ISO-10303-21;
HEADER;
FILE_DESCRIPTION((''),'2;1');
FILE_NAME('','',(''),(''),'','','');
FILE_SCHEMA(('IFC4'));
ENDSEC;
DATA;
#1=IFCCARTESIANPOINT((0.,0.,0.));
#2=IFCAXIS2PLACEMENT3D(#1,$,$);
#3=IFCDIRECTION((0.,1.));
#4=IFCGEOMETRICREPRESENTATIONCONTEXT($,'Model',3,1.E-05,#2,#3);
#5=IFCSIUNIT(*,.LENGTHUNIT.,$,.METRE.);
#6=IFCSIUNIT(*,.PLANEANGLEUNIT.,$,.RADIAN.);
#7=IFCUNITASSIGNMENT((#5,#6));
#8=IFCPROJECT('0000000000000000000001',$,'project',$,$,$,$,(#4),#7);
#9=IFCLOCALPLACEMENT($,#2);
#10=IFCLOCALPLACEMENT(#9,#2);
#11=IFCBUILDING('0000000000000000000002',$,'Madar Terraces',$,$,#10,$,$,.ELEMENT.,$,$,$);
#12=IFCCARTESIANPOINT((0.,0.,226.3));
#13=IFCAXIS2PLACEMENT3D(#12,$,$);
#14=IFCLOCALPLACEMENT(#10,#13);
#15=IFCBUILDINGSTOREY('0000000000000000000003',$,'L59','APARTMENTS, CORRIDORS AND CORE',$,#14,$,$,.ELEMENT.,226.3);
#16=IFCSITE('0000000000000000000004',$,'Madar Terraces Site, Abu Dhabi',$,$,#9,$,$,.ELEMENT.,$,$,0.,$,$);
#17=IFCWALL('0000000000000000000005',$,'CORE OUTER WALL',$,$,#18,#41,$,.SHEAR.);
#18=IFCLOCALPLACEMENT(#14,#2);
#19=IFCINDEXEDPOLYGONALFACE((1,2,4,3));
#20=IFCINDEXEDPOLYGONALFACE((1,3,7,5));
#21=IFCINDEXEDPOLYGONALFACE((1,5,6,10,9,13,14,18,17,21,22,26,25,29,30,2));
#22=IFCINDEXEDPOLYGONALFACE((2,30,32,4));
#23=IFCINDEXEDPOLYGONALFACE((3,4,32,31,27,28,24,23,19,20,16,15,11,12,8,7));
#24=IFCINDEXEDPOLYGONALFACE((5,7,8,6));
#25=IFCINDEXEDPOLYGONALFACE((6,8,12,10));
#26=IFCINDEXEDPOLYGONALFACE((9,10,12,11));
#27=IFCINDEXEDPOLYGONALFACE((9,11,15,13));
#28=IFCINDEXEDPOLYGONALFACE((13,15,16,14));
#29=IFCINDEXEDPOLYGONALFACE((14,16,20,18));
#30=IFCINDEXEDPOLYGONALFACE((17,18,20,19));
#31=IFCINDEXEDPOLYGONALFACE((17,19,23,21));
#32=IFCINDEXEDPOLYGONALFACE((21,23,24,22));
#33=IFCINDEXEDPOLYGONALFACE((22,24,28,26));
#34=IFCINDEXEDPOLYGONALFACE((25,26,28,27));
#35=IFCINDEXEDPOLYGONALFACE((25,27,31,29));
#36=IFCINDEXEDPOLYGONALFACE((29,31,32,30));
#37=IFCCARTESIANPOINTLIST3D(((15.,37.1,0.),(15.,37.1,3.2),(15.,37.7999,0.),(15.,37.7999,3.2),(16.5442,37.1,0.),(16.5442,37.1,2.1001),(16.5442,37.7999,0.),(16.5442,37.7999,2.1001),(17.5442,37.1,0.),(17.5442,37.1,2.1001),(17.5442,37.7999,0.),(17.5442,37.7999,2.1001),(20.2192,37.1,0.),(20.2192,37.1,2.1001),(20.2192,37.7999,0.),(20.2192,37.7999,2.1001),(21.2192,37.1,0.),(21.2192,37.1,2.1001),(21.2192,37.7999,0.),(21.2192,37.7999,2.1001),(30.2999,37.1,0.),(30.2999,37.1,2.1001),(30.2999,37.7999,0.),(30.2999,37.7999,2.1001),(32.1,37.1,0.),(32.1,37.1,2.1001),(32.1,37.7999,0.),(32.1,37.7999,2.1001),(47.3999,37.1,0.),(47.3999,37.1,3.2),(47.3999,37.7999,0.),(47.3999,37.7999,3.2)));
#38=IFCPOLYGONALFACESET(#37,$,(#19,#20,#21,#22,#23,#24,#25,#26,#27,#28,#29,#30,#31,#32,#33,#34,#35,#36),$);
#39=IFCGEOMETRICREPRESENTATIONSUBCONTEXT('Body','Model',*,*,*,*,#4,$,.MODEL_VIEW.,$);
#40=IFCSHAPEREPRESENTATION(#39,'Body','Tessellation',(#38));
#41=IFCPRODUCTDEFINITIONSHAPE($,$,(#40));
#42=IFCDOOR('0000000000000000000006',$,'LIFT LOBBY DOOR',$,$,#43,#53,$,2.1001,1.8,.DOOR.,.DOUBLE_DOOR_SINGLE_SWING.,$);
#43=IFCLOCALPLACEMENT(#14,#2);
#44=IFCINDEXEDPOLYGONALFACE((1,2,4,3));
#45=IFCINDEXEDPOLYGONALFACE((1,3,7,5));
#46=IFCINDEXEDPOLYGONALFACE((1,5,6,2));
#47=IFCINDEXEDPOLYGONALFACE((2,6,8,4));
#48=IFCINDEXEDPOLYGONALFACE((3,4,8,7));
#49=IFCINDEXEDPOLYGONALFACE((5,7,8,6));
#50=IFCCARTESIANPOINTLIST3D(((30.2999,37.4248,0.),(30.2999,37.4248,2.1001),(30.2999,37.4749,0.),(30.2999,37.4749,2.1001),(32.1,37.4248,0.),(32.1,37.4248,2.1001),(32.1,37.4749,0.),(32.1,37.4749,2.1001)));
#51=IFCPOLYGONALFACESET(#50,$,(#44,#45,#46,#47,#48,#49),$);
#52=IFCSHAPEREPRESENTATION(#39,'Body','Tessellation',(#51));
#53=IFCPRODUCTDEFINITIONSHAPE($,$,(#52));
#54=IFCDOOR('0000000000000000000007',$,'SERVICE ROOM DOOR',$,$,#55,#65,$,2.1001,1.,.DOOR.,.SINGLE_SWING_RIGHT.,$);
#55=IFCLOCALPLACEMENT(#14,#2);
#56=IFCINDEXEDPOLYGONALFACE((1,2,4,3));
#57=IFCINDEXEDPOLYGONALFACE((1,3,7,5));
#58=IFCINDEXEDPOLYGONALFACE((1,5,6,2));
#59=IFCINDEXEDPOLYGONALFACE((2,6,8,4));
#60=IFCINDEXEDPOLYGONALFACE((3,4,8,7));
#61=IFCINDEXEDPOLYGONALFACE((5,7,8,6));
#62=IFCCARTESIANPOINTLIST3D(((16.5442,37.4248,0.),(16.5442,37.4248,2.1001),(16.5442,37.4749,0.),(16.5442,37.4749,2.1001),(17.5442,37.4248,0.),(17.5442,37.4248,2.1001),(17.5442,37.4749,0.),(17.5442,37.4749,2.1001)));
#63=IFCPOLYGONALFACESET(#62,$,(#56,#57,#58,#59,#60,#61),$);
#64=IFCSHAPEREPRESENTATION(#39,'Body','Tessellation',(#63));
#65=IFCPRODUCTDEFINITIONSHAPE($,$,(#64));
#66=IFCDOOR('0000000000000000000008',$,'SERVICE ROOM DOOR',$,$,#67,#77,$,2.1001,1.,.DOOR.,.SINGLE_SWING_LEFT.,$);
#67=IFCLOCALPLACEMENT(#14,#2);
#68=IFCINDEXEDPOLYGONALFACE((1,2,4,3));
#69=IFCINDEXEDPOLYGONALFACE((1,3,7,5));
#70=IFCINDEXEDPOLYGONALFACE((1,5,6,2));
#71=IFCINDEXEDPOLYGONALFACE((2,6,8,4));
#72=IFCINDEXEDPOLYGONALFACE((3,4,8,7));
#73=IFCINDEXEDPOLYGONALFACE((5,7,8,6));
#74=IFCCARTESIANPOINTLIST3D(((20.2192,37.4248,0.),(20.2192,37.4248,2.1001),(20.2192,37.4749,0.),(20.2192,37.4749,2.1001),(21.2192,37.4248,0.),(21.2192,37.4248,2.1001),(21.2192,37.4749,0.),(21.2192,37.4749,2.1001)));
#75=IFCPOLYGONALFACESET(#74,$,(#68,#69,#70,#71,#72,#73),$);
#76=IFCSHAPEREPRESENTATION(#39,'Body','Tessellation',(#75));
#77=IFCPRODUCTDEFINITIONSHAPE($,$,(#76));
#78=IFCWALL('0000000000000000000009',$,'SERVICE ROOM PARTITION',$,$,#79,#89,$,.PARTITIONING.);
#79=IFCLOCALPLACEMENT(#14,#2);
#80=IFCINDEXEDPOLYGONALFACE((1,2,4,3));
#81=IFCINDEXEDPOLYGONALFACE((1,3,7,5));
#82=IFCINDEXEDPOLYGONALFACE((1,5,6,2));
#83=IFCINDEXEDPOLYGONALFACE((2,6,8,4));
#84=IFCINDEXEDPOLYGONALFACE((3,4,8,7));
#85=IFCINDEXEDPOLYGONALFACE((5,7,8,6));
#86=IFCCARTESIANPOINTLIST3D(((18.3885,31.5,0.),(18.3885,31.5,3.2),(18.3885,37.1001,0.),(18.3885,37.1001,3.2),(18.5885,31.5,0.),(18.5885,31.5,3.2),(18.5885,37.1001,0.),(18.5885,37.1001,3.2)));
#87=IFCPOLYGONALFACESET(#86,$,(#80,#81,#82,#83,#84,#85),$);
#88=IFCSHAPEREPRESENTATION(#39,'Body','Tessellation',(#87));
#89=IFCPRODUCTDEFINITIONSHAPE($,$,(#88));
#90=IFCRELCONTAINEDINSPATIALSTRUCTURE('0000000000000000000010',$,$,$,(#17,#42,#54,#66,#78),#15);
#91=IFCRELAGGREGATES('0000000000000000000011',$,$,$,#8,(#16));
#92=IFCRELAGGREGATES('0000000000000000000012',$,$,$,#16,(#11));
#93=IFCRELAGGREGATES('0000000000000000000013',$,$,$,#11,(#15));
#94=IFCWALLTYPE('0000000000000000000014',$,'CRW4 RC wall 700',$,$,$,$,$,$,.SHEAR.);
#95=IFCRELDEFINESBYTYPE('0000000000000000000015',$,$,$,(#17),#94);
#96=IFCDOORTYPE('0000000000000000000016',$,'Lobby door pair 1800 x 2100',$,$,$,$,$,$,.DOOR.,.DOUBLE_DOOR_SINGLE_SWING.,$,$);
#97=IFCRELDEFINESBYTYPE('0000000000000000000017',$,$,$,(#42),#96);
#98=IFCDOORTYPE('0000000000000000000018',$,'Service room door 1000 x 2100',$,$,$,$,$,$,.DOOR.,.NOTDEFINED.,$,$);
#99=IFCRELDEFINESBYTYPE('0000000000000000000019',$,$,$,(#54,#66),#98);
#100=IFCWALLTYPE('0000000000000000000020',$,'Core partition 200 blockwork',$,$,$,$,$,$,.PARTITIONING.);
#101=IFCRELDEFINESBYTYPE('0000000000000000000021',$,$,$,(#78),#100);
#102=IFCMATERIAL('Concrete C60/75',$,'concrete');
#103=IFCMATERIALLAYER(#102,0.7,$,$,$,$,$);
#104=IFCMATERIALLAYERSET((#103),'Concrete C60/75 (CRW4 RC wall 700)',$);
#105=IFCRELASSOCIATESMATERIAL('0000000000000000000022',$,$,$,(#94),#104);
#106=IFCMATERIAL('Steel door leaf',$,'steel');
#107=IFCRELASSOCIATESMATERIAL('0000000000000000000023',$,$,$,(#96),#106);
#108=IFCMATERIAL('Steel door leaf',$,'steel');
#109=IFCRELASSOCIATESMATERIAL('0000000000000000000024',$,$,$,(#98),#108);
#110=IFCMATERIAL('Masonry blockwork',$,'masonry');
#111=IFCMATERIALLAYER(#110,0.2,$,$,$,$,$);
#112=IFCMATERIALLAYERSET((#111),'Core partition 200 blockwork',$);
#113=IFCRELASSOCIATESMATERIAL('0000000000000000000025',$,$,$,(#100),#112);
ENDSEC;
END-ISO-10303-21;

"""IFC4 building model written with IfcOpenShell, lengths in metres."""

from ifc_helpers import new_model, si_unit, direction, frame, frame_2d, origin, place, context, subcontext, project, spatial, rectangle, extrude, material, layer, layer_set, type_object, element, fill, save


model = new_model("IFC4")

# Units and contexts
model_context = context("Model", 3, precision=1e-05, world=origin(), true_north=direction((0.0, 1.0)))
body_context = subcontext(model_context, "Body", "Model", "MODEL_VIEW")
ifc_project = project(units=[si_unit("LENGTHUNIT", "METRE"), si_unit("PLANEANGLEUNIT", "RADIAN")], contexts=[model_context])

# Site, building, storey
site_placement = place(None, origin())
site = spatial("IfcSite", under=ifc_project, at=site_placement, Name="Madar Terraces Site, Abu Dhabi", CompositionType="ELEMENT", RefElevation=0.0)
building_placement = place(site_placement, origin())
building = spatial("IfcBuilding", under=site, at=building_placement, Name="Madar Terraces", CompositionType="ELEMENT")
storey_placement = place(building_placement, frame((0.0, 0.0, 226.3)))
storey = spatial("IfcBuildingStorey", under=building, at=storey_placement, Name="L59", Description="APARTMENTS, CORRIDORS AND CORE", CompositionType="ELEMENT", Elevation=226.3)

# Wall, openings, doors
ifc_material_1 = material(Name="Concrete C60/75", Category="concrete")
ifc_layer_1 = layer(ifc_material_1, 0.7)
ifc_layer_set_1 = layer_set([ifc_layer_1], Name="Concrete C60/75 (CRW4 RC wall 700)")
wall_type_1 = type_object("IfcWallType", Name="CRW4 RC wall 700", PredefinedType="SHEAR", material=ifc_layer_set_1)
wall_1_placement = place(storey_placement, frame((15.0, 37.45, 0.0), z_axis=(0.0, 0.0, 1.0), x_axis=(1.0, 0.0, 0.0)))
wall_1 = element("IfcWall", 1, at=wall_1_placement, inside=storey, type_object=wall_type_1, Name="CORE OUTER WALL", PredefinedType="SHEAR", context=body_context, shape_type="SweptSolid", body=[
    extrude(rectangle(XDim=32.3999, YDim=0.7, at=frame_2d((16.2, 0.0))), origin(), (0.0, 0.0, 1.0), 3.2),
])
opening_1_placement = place(wall_1_placement, frame((15.3, 0.0, 0.0)))
opening_1 = element("IfcOpeningElement", 2, at=opening_1_placement, cuts=wall_1, PredefinedType="OPENING", context=body_context, shape_type="SweptSolid", body=[
    extrude(rectangle(XDim=1.8, YDim=2.1001, at=frame_2d((0.8999, 1.05))), frame((0.0, 0.3599, 0.0), z_axis=(0.0, -1.0, 0.0), x_axis=(1.0, 0.0, 0.0)), (0.0, 0.0, 1.0), 0.72),
])
opening_2_placement = place(wall_1_placement, frame((1.5442, 0.0, 0.0)))
opening_2 = element("IfcOpeningElement", 3, at=opening_2_placement, cuts=wall_1, PredefinedType="OPENING", context=body_context, shape_type="SweptSolid", body=[
    extrude(rectangle(XDim=1.0, YDim=2.1001, at=frame_2d((0.5, 1.05))), frame((0.0, 0.3599, 0.0), z_axis=(0.0, -1.0, 0.0), x_axis=(1.0, 0.0, 0.0)), (0.0, 0.0, 1.0), 0.72),
])
opening_3_placement = place(wall_1_placement, frame((5.2192, 0.0, 0.0)))
opening_3 = element("IfcOpeningElement", 4, at=opening_3_placement, cuts=wall_1, PredefinedType="OPENING", context=body_context, shape_type="SweptSolid", body=[
    extrude(rectangle(XDim=1.0, YDim=2.1001, at=frame_2d((0.5, 1.05))), frame((0.0, 0.3599, 0.0), z_axis=(0.0, -1.0, 0.0), x_axis=(1.0, 0.0, 0.0)), (0.0, 0.0, 1.0), 0.72),
])
ifc_material_2 = material(Name="Steel door leaf", Category="steel")
door_type_1 = type_object("IfcDoorType", Name="Lobby door pair 1800 x 2100", OperationType="DOUBLE_DOOR_SINGLE_SWING", PredefinedType="DOOR", material=ifc_material_2)
door_1_placement = place(opening_1_placement, origin())
door_1 = element("IfcDoor", 5, at=door_1_placement, inside=storey, type_object=door_type_1, Name="LIFT LOBBY DOOR", OperationType="DOUBLE_DOOR_SINGLE_SWING", OverallHeight=2.1001, OverallWidth=1.8, PredefinedType="DOOR", context=body_context, shape_type="SweptSolid", body=[
    extrude(rectangle(XDim=1.8, YDim=2.1001, at=frame_2d((0.8999, 1.05))), frame((0.0, 0.0249, 0.0), z_axis=(0.0, -1.0, 0.0), x_axis=(1.0, 0.0, 0.0)), (0.0, 0.0, 1.0), 0.05),
])
fill(opening_1, door_1)
ifc_material_3 = material(Name="Steel door leaf", Category="steel")
door_type_2 = type_object("IfcDoorType", Name="Service room door 1000 x 2100", OperationType="NOTDEFINED", PredefinedType="DOOR", material=ifc_material_3)
door_2_placement = place(opening_2_placement, origin())
door_2 = element("IfcDoor", 6, at=door_2_placement, inside=storey, type_object=door_type_2, Name="SERVICE ROOM DOOR", OperationType="SINGLE_SWING_RIGHT", OverallHeight=2.1001, OverallWidth=1.0, PredefinedType="DOOR", context=body_context, shape_type="SweptSolid", body=[
    extrude(rectangle(XDim=1.0, YDim=2.1001, at=frame_2d((0.5, 1.05))), frame((0.0, 0.0249, 0.0), z_axis=(0.0, -1.0, 0.0), x_axis=(1.0, 0.0, 0.0)), (0.0, 0.0, 1.0), 0.05),
])
fill(opening_2, door_2)
door_3_placement = place(opening_3_placement, origin())
door_3 = element("IfcDoor", 7, at=door_3_placement, inside=storey, type_object=door_type_2, Name="SERVICE ROOM DOOR", OperationType="SINGLE_SWING_LEFT", OverallHeight=2.1001, OverallWidth=1.0, PredefinedType="DOOR", context=body_context, shape_type="SweptSolid", body=[
    extrude(rectangle(XDim=1.0, YDim=2.1001, at=frame_2d((0.5, 1.05))), frame((0.0, 0.0249, 0.0), z_axis=(0.0, -1.0, 0.0), x_axis=(1.0, 0.0, 0.0)), (0.0, 0.0, 1.0), 0.05),
])
fill(opening_3, door_3)

# Wall
ifc_material_4 = material(Name="Masonry blockwork", Category="masonry")
ifc_layer_2 = layer(ifc_material_4, 0.2)
ifc_layer_set_2 = layer_set([ifc_layer_2], Name="Core partition 200 blockwork")
wall_type_2 = type_object("IfcWallType", Name="Core partition 200 blockwork", PredefinedType="PARTITIONING", material=ifc_layer_set_2)
wall_2_placement = place(storey_placement, frame((18.4885, 31.5, 0.0), z_axis=(0.0, 0.0, 1.0), x_axis=(0.0, 1.0, 0.0)))
element("IfcWall", 8, at=wall_2_placement, inside=storey, type_object=wall_type_2, Name="SERVICE ROOM PARTITION", PredefinedType="PARTITIONING", context=body_context, shape_type="SweptSolid", body=[
    extrude(rectangle(XDim=5.6001, YDim=0.2, at=frame_2d((2.8, 0.0))), origin(), (0.0, 0.0, 1.0), 3.2),
])

save(model, "model.ifc")
